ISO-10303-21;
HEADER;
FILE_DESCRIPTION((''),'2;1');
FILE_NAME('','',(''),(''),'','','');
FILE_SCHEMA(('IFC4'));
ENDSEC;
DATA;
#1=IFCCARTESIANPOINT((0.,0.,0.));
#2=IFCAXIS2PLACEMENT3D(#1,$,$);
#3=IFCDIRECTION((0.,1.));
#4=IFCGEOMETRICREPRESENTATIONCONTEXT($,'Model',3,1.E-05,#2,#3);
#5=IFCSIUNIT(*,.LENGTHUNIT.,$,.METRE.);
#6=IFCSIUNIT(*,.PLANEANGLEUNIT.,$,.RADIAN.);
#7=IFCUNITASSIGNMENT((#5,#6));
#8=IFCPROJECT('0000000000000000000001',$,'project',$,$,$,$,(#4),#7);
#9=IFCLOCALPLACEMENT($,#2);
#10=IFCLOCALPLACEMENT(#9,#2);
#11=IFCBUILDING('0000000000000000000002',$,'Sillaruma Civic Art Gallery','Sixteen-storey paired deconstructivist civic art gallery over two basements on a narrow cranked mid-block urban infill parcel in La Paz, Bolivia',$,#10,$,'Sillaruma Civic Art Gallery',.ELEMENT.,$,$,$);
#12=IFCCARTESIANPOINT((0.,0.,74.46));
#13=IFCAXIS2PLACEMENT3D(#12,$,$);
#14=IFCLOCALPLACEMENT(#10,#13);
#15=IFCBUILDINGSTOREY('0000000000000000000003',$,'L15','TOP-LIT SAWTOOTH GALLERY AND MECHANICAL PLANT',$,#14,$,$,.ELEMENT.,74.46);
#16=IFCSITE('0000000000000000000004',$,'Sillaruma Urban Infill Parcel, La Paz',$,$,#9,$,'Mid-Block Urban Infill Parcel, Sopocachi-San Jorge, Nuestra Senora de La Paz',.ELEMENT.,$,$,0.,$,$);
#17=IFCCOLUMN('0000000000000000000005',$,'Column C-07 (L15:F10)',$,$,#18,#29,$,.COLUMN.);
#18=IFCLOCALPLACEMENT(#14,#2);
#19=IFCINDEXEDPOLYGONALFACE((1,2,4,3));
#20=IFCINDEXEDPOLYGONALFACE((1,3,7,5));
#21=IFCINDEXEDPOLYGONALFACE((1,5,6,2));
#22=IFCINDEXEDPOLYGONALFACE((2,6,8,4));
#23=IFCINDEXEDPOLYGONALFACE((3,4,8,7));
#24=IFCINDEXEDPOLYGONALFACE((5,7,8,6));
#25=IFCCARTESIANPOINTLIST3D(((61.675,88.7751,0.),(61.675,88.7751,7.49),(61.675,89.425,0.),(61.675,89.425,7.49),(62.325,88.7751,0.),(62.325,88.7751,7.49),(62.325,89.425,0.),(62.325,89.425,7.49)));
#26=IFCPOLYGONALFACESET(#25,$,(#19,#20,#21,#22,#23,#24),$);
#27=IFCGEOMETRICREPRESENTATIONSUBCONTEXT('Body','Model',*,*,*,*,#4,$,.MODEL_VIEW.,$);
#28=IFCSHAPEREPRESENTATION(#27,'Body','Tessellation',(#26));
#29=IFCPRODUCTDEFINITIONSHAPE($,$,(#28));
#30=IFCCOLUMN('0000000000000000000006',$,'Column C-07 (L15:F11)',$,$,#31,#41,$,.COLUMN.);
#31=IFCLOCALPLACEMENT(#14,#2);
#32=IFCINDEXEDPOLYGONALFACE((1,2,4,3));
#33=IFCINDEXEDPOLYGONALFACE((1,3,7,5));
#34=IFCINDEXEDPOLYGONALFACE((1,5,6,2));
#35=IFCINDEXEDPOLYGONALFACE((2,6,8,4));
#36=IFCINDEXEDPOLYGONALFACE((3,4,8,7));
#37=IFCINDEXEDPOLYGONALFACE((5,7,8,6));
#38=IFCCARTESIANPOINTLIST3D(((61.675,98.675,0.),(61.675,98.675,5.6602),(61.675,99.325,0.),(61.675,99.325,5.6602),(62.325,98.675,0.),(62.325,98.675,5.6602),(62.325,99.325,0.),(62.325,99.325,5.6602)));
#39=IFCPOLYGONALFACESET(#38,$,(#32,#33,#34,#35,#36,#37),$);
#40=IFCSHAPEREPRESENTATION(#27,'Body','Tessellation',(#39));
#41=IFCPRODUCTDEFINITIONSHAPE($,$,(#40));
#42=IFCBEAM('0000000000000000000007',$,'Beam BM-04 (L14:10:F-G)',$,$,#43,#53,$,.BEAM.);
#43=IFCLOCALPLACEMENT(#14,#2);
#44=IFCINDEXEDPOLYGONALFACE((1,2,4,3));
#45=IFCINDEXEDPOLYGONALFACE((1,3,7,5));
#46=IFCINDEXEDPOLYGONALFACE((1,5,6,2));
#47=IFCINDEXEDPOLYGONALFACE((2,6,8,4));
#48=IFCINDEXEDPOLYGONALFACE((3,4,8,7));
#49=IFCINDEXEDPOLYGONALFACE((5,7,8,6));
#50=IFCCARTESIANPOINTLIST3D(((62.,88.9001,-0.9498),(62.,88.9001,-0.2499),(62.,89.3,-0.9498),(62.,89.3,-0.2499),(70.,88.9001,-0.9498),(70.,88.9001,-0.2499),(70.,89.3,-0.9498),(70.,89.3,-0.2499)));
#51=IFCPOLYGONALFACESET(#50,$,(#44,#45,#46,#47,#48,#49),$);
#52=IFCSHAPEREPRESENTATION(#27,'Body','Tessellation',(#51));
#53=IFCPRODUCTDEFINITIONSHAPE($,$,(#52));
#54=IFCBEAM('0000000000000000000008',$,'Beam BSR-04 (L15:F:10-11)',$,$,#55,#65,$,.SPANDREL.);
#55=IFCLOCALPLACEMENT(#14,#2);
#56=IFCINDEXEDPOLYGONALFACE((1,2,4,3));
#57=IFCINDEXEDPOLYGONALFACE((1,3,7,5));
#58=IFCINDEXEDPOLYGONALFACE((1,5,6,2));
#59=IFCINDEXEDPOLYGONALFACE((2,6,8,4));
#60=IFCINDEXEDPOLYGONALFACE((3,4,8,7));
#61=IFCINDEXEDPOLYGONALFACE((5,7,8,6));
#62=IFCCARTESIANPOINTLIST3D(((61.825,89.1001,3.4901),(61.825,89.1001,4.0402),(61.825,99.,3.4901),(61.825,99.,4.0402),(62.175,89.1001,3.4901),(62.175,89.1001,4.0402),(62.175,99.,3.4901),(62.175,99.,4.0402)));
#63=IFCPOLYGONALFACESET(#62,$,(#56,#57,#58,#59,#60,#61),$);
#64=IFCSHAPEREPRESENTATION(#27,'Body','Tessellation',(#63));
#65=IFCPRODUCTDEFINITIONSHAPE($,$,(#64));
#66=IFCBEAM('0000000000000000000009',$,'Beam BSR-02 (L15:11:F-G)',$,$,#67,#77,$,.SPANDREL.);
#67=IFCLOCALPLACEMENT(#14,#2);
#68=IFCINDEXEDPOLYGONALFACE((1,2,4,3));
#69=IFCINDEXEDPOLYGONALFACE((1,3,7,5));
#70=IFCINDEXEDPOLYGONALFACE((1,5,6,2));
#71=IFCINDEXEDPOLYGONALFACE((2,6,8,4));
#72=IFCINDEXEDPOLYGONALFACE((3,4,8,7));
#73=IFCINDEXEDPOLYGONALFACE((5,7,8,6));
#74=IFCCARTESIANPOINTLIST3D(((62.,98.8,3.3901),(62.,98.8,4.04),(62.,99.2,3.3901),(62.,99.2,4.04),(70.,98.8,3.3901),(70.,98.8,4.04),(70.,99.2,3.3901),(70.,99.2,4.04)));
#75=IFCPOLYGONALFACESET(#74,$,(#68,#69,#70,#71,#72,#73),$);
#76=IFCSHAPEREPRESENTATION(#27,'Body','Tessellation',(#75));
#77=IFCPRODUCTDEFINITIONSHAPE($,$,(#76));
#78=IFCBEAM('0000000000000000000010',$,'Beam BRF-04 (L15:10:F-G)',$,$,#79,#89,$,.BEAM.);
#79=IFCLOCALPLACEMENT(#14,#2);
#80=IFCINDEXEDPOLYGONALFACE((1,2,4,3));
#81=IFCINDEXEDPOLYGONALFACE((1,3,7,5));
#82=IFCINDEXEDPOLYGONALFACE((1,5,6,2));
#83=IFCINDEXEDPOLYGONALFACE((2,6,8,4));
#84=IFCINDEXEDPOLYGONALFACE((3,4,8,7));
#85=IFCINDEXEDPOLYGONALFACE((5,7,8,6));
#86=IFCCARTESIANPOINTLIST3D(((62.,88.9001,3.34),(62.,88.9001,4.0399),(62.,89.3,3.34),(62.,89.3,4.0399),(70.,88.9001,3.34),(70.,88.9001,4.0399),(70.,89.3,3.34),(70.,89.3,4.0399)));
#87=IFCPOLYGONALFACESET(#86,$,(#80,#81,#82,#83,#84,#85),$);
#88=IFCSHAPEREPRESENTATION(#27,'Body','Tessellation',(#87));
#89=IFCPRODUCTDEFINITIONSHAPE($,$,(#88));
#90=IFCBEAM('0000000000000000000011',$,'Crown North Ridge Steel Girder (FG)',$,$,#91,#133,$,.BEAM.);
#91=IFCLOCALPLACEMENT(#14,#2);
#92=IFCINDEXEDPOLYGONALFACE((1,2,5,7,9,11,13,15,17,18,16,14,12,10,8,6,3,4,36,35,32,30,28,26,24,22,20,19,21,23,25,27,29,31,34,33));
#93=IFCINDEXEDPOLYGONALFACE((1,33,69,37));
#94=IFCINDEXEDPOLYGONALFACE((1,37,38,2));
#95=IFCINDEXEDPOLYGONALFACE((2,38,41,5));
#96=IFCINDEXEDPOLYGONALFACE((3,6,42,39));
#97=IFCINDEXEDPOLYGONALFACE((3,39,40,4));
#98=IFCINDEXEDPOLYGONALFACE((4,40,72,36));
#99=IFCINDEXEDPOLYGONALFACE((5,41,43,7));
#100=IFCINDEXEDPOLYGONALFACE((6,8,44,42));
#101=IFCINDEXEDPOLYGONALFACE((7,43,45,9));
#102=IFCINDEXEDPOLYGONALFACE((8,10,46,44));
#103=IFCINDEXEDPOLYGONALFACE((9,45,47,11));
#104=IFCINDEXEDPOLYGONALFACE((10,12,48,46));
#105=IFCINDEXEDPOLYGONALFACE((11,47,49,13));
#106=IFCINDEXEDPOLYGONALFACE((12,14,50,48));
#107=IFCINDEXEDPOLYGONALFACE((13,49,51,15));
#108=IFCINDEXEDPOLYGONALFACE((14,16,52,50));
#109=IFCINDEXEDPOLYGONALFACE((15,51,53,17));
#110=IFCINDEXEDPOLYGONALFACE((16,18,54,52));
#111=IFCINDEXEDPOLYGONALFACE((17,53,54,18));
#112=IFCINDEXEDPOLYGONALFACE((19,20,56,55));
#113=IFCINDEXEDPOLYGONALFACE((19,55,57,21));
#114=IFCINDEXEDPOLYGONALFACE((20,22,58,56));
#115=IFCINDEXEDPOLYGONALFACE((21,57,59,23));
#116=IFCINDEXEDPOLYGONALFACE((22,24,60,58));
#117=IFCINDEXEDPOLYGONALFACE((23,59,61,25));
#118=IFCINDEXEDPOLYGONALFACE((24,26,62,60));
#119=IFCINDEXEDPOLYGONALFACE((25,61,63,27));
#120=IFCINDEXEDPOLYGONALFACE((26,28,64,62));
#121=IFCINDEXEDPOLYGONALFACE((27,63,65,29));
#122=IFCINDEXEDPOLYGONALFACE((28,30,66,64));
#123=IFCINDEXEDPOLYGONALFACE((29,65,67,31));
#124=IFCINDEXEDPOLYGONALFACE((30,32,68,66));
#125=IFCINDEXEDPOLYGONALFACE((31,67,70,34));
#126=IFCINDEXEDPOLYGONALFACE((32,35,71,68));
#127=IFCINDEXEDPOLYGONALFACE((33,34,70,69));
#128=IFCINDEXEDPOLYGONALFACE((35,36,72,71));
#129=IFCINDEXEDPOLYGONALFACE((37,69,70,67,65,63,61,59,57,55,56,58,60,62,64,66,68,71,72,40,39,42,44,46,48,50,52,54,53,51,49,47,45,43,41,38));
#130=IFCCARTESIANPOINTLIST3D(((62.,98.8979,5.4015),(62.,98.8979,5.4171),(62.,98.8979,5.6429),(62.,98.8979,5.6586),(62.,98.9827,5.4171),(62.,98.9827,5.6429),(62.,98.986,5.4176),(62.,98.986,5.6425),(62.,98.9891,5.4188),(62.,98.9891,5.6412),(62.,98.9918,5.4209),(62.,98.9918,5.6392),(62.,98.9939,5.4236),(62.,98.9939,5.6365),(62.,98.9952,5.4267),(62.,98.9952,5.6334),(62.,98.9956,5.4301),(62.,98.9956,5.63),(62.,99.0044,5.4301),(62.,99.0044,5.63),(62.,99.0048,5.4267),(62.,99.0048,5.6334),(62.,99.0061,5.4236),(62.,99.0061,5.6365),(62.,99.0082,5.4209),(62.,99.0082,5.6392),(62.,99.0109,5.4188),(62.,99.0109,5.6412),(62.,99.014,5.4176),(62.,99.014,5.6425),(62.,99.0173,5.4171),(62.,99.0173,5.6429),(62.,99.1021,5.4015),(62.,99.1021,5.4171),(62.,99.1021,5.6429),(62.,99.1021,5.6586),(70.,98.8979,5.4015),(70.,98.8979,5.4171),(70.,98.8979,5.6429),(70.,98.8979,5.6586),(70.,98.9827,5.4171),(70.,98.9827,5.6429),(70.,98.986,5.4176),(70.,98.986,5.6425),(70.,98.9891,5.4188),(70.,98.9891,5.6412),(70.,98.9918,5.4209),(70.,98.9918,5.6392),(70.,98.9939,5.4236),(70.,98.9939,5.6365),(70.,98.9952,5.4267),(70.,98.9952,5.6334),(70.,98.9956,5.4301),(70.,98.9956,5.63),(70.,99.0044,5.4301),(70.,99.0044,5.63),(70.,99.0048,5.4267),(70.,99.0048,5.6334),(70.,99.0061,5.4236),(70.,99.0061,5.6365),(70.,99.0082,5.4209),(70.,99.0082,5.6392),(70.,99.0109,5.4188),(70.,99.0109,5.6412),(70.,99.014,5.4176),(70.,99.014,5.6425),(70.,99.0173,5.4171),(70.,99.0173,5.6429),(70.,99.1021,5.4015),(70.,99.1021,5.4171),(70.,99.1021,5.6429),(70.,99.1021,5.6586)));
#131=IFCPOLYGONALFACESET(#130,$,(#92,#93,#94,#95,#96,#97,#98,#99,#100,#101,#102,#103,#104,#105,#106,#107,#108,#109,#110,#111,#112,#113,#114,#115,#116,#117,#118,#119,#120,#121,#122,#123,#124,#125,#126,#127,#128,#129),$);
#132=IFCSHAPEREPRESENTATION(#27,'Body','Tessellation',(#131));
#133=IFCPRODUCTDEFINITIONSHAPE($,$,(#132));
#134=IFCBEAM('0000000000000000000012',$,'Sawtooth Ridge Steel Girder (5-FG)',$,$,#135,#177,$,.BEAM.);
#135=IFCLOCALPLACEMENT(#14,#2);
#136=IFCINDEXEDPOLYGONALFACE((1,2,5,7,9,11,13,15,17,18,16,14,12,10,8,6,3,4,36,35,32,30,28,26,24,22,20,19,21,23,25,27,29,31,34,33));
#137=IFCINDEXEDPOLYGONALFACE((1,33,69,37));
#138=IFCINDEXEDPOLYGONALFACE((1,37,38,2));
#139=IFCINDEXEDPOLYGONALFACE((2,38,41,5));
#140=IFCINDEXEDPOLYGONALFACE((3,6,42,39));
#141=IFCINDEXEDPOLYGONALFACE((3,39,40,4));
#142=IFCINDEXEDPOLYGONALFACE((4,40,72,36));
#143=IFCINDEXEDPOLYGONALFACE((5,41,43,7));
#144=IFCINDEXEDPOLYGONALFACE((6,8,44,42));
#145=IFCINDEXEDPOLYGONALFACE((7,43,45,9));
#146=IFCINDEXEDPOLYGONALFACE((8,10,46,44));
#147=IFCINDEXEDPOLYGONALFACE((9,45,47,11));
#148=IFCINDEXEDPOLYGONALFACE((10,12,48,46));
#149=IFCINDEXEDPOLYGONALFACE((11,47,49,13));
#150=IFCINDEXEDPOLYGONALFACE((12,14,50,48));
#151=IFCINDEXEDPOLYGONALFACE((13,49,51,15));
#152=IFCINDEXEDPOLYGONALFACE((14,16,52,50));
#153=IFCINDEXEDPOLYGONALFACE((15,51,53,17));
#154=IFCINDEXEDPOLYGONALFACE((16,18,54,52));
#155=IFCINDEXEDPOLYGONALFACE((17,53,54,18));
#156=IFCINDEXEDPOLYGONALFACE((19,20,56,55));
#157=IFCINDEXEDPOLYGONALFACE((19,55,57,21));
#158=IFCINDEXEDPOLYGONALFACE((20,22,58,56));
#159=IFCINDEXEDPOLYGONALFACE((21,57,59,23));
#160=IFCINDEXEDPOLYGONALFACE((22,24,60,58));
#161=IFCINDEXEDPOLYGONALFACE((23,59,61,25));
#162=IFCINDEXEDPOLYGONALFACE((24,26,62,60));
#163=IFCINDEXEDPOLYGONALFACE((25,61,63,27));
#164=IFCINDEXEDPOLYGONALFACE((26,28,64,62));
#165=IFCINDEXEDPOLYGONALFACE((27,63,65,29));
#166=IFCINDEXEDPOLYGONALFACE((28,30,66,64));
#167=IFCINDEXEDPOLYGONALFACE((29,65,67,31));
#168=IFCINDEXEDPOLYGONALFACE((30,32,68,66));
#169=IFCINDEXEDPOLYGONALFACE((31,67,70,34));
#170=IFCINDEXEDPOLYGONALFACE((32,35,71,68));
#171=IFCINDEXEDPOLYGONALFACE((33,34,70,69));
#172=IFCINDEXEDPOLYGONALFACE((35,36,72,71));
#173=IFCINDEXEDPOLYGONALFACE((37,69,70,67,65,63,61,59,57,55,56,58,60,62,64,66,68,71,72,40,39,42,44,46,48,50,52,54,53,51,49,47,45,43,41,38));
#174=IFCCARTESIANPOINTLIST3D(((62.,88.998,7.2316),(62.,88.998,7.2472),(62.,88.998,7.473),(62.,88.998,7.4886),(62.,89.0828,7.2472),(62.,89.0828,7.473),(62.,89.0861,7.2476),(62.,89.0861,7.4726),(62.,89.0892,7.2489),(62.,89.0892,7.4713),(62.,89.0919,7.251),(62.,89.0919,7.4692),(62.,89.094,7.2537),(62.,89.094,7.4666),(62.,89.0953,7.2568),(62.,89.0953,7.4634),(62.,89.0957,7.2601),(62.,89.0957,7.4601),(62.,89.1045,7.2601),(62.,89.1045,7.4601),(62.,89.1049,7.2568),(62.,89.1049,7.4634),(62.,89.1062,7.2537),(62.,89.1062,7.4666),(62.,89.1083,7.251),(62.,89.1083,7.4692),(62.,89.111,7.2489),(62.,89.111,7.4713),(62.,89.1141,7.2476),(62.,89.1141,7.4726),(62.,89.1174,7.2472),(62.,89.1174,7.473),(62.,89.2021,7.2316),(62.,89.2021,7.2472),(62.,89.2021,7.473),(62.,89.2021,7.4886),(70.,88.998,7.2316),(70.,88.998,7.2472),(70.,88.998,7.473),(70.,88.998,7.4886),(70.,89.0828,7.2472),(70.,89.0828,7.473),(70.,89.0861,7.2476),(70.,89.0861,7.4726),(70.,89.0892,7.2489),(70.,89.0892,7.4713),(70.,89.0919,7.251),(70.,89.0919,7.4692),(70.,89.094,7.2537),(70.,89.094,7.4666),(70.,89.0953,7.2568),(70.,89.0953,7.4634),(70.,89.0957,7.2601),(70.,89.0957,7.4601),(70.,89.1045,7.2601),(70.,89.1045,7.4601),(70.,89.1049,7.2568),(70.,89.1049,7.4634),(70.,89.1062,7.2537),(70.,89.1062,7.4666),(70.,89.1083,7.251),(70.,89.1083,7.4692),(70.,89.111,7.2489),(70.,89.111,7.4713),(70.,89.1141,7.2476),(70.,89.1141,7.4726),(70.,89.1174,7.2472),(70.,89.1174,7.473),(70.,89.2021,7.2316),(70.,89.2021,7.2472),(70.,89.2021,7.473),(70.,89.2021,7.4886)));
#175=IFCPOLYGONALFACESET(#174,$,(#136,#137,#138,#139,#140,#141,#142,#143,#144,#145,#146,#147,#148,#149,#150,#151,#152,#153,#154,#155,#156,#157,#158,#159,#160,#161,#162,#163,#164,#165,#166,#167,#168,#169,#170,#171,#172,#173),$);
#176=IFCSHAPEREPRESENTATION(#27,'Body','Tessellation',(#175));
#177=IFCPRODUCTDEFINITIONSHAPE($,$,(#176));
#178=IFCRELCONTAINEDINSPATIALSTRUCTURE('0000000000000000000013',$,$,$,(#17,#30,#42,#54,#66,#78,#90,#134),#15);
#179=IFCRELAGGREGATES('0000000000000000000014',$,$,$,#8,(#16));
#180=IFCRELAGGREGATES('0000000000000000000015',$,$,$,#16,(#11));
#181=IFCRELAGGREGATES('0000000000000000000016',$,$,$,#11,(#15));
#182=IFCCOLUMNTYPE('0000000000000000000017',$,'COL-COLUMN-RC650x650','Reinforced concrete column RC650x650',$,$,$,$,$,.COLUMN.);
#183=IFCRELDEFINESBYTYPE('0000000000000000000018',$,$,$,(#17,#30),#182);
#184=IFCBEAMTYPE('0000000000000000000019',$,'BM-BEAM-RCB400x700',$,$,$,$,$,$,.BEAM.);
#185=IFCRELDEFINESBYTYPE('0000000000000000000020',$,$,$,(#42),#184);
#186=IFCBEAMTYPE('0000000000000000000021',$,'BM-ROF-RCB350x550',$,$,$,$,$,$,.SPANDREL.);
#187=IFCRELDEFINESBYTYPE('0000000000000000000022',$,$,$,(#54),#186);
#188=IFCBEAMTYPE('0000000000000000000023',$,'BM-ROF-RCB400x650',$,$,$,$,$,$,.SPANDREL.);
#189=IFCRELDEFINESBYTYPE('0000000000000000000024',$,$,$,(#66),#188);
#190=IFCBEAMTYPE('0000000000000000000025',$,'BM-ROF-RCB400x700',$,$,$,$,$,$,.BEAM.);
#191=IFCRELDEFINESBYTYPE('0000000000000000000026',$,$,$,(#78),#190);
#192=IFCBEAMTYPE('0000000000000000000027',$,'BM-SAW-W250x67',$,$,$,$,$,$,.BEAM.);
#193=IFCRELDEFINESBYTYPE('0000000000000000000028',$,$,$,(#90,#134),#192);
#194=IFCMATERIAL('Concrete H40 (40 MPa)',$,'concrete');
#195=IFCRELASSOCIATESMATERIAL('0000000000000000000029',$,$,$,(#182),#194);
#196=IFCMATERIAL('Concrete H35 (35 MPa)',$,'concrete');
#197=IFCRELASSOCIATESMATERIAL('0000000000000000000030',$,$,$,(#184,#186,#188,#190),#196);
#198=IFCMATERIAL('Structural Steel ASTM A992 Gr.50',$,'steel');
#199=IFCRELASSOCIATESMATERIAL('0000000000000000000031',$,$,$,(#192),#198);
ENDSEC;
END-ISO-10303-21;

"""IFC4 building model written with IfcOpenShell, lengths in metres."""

from ifc_helpers import new_model, si_unit, direction, frame, origin, origin_2d, place, context, subcontext, project, spatial, rectangle, i_section, extrude, material, material_profile, profile_set, type_object, element, save


model = new_model("IFC4")

# Units and contexts
model_context = context("Model", 3, precision=1e-05, world=origin(), true_north=direction((0.0, 1.0)))
body_context = subcontext(model_context, "Body", "Model", "MODEL_VIEW")
ifc_project = project(units=[si_unit("LENGTHUNIT", "METRE"), si_unit("PLANEANGLEUNIT", "RADIAN")], contexts=[model_context])

# Site, building, storey
site_placement = place(None, origin())
site = spatial("IfcSite", under=ifc_project, at=site_placement, Name="Sillaruma Urban Infill Parcel, La Paz", LongName="Mid-Block Urban Infill Parcel, Sopocachi-San Jorge, Nuestra Senora de La Paz", CompositionType="ELEMENT", RefElevation=0.0)
building_placement = place(site_placement, origin())
building = spatial("IfcBuilding", under=site, at=building_placement, Name="Sillaruma Civic Art Gallery", Description="Sixteen-storey paired deconstructivist civic art gallery over two basements on a narrow cranked mid-block urban infill parcel in La Paz, Bolivia", LongName="Sillaruma Civic Art Gallery", CompositionType="ELEMENT")
storey_placement = place(building_placement, frame((0.0, 0.0, 74.46)))
storey = spatial("IfcBuildingStorey", under=building, at=storey_placement, Name="L15", Description="TOP-LIT SAWTOOTH GALLERY AND MECHANICAL PLANT", CompositionType="ELEMENT", Elevation=74.46)

# Columns
ifc_material_1 = material(Name="Concrete H40 (40 MPa)", Category="concrete")
ifc_material_profile_1 = material_profile(ifc_material_1, rectangle(XDim=0.6499, YDim=0.6499, at=origin_2d()), Name="RC650x650")
ifc_profile_set_1 = profile_set([ifc_material_profile_1], Name="Concrete H40 (40 MPa)")
column_type = type_object("IfcColumnType", Name="COL-COLUMN-RC650x650", Description="Reinforced concrete column RC650x650", PredefinedType="COLUMN", material=ifc_profile_set_1)
column_1_placement = place(storey_placement, frame((62.0, 89.1001, 0.0), z_axis=(0.0, 0.0, 1.0), x_axis=(1.0, 0.0, 0.0)))
element("IfcColumn", 1, at=column_1_placement, inside=storey, type_object=column_type, Name="Column C-07 (L15:F10)", PredefinedType="COLUMN", context=body_context, shape_type="SweptSolid", body=[
    extrude(rectangle(XDim=0.6499, YDim=0.6499, at=origin_2d()), origin(), (0.0, 0.0, 1.0), 7.49),
])
column_2_placement = place(storey_placement, frame((62.0, 99.0, 0.0), z_axis=(0.0, 0.0, 1.0), x_axis=(1.0, 0.0, 0.0)))
element("IfcColumn", 2, at=column_2_placement, inside=storey, type_object=column_type, Name="Column C-07 (L15:F11)", PredefinedType="COLUMN", context=body_context, shape_type="SweptSolid", body=[
    extrude(rectangle(XDim=0.6499, YDim=0.6499, at=origin_2d()), origin(), (0.0, 0.0, 1.0), 5.6602),
])

# Beams
ifc_material_2 = material(Name="Concrete H35 (35 MPa)", Category="concrete")
ifc_material_profile_2 = material_profile(ifc_material_2, rectangle(XDim=0.3999, YDim=0.7, at=origin_2d()), Name="RCB400x700")
ifc_profile_set_2 = profile_set([ifc_material_profile_2], Name="Concrete H35 (35 MPa)")
beam_type_1 = type_object("IfcBeamType", Name="BM-BEAM-RCB400x700", PredefinedType="BEAM", material=ifc_profile_set_2)
beam_1_placement = place(storey_placement, frame((62.0, 89.1001, -0.5999), z_axis=(1.0, 0.0, 0.0), x_axis=(0.0, 1.0, 0.0)))
element("IfcBeam", 3, at=beam_1_placement, inside=storey, type_object=beam_type_1, Name="Beam BM-04 (L14:10:F-G)", PredefinedType="BEAM", context=body_context, shape_type="SweptSolid", body=[
    extrude(rectangle(XDim=0.3999, YDim=0.7, at=origin_2d()), origin(), (0.0, 0.0, 1.0), 8.0),
])
ifc_material_profile_3 = material_profile(ifc_material_2, rectangle(XDim=0.3501, YDim=0.55, at=origin_2d()), Name="RCB350x550")
ifc_profile_set_3 = profile_set([ifc_material_profile_3], Name="Concrete H35 (35 MPa)")
beam_type_2 = type_object("IfcBeamType", Name="BM-ROF-RCB350x550", PredefinedType="SPANDREL", material=ifc_profile_set_3)
beam_2_placement = place(storey_placement, frame((62.0, 89.1001, 3.7651), z_axis=(0.0, 1.0, 0.0), x_axis=(-1.0, 0.0, 0.0)))
element("IfcBeam", 4, at=beam_2_placement, inside=storey, type_object=beam_type_2, Name="Beam BSR-04 (L15:F:10-11)", PredefinedType="SPANDREL", context=body_context, shape_type="SweptSolid", body=[
    extrude(rectangle(XDim=0.3501, YDim=0.55, at=origin_2d()), origin(), (0.0, 0.0, 1.0), 9.8999),
])
ifc_material_profile_4 = material_profile(ifc_material_2, rectangle(XDim=0.3999, YDim=0.6499, at=origin_2d()), Name="RCB400x650")
ifc_profile_set_4 = profile_set([ifc_material_profile_4], Name="Concrete H35 (35 MPa)")
beam_type_3 = type_object("IfcBeamType", Name="BM-ROF-RCB400x650", PredefinedType="SPANDREL", material=ifc_profile_set_4)
beam_3_placement = place(storey_placement, frame((62.0, 99.0, 3.7151), z_axis=(1.0, 0.0, 0.0), x_axis=(0.0, 1.0, 0.0)))
element("IfcBeam", 5, at=beam_3_placement, inside=storey, type_object=beam_type_3, Name="Beam BSR-02 (L15:11:F-G)", PredefinedType="SPANDREL", context=body_context, shape_type="SweptSolid", body=[
    extrude(rectangle(XDim=0.3999, YDim=0.6499, at=origin_2d()), origin(), (0.0, 0.0, 1.0), 8.0),
])
ifc_material_profile_5 = material_profile(ifc_material_2, rectangle(XDim=0.3999, YDim=0.7, at=origin_2d()), Name="RCB400x700")
ifc_profile_set_5 = profile_set([ifc_material_profile_5], Name="Concrete H35 (35 MPa)")
beam_type_4 = type_object("IfcBeamType", Name="BM-ROF-RCB400x700", PredefinedType="BEAM", material=ifc_profile_set_5)
beam_4_placement = place(storey_placement, frame((62.0, 89.1001, 3.6899), z_axis=(1.0, 0.0, 0.0), x_axis=(0.0, 1.0, 0.0)))
element("IfcBeam", 6, at=beam_4_placement, inside=storey, type_object=beam_type_4, Name="Beam BRF-04 (L15:10:F-G)", PredefinedType="BEAM", context=body_context, shape_type="SweptSolid", body=[
    extrude(rectangle(XDim=0.3999, YDim=0.7, at=origin_2d()), origin(), (0.0, 0.0, 1.0), 8.0),
])
ifc_material_3 = material(Name="Structural Steel ASTM A992 Gr.50", Category="steel")
ifc_material_profile_6 = material_profile(ifc_material_3, i_section(OverallWidth=0.2041, OverallDepth=0.2571, WebThickness=0.0088, FlangeThickness=0.0156, FilletRadius=0.0129, at=origin_2d()), Name="W250x67")
ifc_profile_set_6 = profile_set([ifc_material_profile_6], Name="Structural Steel ASTM A992 Gr.50")
beam_type_5 = type_object("IfcBeamType", Name="BM-SAW-W250x67", PredefinedType="BEAM", material=ifc_profile_set_6)
for number, where, z_axis, x_axis, name in (
    (7, (62.0, 99.0, 5.53), (1.0, 0.0, 0.0), (0.0, 1.0, 0.0), "Crown North Ridge Steel Girder (FG)"),
    (8, (62.0, 89.1001, 7.3601), (1.0, 0.0, 0.0), (0.0, 1.0, 0.0), "Sawtooth Ridge Steel Girder (5-FG)"),
):
    element("IfcBeam", number, at=place(storey_placement, frame(where, z_axis=z_axis, x_axis=x_axis)), inside=storey, type_object=beam_type_5, Name=name, PredefinedType="BEAM", context=body_context, shape_type="SweptSolid", body=[
        extrude(i_section(OverallWidth=0.2041, OverallDepth=0.2571, WebThickness=0.0088, FlangeThickness=0.0156, FilletRadius=0.0129, at=origin_2d()), origin(), (0.0, 0.0, 1.0), 8.0),
    ])

save(model, "model.ifc")
